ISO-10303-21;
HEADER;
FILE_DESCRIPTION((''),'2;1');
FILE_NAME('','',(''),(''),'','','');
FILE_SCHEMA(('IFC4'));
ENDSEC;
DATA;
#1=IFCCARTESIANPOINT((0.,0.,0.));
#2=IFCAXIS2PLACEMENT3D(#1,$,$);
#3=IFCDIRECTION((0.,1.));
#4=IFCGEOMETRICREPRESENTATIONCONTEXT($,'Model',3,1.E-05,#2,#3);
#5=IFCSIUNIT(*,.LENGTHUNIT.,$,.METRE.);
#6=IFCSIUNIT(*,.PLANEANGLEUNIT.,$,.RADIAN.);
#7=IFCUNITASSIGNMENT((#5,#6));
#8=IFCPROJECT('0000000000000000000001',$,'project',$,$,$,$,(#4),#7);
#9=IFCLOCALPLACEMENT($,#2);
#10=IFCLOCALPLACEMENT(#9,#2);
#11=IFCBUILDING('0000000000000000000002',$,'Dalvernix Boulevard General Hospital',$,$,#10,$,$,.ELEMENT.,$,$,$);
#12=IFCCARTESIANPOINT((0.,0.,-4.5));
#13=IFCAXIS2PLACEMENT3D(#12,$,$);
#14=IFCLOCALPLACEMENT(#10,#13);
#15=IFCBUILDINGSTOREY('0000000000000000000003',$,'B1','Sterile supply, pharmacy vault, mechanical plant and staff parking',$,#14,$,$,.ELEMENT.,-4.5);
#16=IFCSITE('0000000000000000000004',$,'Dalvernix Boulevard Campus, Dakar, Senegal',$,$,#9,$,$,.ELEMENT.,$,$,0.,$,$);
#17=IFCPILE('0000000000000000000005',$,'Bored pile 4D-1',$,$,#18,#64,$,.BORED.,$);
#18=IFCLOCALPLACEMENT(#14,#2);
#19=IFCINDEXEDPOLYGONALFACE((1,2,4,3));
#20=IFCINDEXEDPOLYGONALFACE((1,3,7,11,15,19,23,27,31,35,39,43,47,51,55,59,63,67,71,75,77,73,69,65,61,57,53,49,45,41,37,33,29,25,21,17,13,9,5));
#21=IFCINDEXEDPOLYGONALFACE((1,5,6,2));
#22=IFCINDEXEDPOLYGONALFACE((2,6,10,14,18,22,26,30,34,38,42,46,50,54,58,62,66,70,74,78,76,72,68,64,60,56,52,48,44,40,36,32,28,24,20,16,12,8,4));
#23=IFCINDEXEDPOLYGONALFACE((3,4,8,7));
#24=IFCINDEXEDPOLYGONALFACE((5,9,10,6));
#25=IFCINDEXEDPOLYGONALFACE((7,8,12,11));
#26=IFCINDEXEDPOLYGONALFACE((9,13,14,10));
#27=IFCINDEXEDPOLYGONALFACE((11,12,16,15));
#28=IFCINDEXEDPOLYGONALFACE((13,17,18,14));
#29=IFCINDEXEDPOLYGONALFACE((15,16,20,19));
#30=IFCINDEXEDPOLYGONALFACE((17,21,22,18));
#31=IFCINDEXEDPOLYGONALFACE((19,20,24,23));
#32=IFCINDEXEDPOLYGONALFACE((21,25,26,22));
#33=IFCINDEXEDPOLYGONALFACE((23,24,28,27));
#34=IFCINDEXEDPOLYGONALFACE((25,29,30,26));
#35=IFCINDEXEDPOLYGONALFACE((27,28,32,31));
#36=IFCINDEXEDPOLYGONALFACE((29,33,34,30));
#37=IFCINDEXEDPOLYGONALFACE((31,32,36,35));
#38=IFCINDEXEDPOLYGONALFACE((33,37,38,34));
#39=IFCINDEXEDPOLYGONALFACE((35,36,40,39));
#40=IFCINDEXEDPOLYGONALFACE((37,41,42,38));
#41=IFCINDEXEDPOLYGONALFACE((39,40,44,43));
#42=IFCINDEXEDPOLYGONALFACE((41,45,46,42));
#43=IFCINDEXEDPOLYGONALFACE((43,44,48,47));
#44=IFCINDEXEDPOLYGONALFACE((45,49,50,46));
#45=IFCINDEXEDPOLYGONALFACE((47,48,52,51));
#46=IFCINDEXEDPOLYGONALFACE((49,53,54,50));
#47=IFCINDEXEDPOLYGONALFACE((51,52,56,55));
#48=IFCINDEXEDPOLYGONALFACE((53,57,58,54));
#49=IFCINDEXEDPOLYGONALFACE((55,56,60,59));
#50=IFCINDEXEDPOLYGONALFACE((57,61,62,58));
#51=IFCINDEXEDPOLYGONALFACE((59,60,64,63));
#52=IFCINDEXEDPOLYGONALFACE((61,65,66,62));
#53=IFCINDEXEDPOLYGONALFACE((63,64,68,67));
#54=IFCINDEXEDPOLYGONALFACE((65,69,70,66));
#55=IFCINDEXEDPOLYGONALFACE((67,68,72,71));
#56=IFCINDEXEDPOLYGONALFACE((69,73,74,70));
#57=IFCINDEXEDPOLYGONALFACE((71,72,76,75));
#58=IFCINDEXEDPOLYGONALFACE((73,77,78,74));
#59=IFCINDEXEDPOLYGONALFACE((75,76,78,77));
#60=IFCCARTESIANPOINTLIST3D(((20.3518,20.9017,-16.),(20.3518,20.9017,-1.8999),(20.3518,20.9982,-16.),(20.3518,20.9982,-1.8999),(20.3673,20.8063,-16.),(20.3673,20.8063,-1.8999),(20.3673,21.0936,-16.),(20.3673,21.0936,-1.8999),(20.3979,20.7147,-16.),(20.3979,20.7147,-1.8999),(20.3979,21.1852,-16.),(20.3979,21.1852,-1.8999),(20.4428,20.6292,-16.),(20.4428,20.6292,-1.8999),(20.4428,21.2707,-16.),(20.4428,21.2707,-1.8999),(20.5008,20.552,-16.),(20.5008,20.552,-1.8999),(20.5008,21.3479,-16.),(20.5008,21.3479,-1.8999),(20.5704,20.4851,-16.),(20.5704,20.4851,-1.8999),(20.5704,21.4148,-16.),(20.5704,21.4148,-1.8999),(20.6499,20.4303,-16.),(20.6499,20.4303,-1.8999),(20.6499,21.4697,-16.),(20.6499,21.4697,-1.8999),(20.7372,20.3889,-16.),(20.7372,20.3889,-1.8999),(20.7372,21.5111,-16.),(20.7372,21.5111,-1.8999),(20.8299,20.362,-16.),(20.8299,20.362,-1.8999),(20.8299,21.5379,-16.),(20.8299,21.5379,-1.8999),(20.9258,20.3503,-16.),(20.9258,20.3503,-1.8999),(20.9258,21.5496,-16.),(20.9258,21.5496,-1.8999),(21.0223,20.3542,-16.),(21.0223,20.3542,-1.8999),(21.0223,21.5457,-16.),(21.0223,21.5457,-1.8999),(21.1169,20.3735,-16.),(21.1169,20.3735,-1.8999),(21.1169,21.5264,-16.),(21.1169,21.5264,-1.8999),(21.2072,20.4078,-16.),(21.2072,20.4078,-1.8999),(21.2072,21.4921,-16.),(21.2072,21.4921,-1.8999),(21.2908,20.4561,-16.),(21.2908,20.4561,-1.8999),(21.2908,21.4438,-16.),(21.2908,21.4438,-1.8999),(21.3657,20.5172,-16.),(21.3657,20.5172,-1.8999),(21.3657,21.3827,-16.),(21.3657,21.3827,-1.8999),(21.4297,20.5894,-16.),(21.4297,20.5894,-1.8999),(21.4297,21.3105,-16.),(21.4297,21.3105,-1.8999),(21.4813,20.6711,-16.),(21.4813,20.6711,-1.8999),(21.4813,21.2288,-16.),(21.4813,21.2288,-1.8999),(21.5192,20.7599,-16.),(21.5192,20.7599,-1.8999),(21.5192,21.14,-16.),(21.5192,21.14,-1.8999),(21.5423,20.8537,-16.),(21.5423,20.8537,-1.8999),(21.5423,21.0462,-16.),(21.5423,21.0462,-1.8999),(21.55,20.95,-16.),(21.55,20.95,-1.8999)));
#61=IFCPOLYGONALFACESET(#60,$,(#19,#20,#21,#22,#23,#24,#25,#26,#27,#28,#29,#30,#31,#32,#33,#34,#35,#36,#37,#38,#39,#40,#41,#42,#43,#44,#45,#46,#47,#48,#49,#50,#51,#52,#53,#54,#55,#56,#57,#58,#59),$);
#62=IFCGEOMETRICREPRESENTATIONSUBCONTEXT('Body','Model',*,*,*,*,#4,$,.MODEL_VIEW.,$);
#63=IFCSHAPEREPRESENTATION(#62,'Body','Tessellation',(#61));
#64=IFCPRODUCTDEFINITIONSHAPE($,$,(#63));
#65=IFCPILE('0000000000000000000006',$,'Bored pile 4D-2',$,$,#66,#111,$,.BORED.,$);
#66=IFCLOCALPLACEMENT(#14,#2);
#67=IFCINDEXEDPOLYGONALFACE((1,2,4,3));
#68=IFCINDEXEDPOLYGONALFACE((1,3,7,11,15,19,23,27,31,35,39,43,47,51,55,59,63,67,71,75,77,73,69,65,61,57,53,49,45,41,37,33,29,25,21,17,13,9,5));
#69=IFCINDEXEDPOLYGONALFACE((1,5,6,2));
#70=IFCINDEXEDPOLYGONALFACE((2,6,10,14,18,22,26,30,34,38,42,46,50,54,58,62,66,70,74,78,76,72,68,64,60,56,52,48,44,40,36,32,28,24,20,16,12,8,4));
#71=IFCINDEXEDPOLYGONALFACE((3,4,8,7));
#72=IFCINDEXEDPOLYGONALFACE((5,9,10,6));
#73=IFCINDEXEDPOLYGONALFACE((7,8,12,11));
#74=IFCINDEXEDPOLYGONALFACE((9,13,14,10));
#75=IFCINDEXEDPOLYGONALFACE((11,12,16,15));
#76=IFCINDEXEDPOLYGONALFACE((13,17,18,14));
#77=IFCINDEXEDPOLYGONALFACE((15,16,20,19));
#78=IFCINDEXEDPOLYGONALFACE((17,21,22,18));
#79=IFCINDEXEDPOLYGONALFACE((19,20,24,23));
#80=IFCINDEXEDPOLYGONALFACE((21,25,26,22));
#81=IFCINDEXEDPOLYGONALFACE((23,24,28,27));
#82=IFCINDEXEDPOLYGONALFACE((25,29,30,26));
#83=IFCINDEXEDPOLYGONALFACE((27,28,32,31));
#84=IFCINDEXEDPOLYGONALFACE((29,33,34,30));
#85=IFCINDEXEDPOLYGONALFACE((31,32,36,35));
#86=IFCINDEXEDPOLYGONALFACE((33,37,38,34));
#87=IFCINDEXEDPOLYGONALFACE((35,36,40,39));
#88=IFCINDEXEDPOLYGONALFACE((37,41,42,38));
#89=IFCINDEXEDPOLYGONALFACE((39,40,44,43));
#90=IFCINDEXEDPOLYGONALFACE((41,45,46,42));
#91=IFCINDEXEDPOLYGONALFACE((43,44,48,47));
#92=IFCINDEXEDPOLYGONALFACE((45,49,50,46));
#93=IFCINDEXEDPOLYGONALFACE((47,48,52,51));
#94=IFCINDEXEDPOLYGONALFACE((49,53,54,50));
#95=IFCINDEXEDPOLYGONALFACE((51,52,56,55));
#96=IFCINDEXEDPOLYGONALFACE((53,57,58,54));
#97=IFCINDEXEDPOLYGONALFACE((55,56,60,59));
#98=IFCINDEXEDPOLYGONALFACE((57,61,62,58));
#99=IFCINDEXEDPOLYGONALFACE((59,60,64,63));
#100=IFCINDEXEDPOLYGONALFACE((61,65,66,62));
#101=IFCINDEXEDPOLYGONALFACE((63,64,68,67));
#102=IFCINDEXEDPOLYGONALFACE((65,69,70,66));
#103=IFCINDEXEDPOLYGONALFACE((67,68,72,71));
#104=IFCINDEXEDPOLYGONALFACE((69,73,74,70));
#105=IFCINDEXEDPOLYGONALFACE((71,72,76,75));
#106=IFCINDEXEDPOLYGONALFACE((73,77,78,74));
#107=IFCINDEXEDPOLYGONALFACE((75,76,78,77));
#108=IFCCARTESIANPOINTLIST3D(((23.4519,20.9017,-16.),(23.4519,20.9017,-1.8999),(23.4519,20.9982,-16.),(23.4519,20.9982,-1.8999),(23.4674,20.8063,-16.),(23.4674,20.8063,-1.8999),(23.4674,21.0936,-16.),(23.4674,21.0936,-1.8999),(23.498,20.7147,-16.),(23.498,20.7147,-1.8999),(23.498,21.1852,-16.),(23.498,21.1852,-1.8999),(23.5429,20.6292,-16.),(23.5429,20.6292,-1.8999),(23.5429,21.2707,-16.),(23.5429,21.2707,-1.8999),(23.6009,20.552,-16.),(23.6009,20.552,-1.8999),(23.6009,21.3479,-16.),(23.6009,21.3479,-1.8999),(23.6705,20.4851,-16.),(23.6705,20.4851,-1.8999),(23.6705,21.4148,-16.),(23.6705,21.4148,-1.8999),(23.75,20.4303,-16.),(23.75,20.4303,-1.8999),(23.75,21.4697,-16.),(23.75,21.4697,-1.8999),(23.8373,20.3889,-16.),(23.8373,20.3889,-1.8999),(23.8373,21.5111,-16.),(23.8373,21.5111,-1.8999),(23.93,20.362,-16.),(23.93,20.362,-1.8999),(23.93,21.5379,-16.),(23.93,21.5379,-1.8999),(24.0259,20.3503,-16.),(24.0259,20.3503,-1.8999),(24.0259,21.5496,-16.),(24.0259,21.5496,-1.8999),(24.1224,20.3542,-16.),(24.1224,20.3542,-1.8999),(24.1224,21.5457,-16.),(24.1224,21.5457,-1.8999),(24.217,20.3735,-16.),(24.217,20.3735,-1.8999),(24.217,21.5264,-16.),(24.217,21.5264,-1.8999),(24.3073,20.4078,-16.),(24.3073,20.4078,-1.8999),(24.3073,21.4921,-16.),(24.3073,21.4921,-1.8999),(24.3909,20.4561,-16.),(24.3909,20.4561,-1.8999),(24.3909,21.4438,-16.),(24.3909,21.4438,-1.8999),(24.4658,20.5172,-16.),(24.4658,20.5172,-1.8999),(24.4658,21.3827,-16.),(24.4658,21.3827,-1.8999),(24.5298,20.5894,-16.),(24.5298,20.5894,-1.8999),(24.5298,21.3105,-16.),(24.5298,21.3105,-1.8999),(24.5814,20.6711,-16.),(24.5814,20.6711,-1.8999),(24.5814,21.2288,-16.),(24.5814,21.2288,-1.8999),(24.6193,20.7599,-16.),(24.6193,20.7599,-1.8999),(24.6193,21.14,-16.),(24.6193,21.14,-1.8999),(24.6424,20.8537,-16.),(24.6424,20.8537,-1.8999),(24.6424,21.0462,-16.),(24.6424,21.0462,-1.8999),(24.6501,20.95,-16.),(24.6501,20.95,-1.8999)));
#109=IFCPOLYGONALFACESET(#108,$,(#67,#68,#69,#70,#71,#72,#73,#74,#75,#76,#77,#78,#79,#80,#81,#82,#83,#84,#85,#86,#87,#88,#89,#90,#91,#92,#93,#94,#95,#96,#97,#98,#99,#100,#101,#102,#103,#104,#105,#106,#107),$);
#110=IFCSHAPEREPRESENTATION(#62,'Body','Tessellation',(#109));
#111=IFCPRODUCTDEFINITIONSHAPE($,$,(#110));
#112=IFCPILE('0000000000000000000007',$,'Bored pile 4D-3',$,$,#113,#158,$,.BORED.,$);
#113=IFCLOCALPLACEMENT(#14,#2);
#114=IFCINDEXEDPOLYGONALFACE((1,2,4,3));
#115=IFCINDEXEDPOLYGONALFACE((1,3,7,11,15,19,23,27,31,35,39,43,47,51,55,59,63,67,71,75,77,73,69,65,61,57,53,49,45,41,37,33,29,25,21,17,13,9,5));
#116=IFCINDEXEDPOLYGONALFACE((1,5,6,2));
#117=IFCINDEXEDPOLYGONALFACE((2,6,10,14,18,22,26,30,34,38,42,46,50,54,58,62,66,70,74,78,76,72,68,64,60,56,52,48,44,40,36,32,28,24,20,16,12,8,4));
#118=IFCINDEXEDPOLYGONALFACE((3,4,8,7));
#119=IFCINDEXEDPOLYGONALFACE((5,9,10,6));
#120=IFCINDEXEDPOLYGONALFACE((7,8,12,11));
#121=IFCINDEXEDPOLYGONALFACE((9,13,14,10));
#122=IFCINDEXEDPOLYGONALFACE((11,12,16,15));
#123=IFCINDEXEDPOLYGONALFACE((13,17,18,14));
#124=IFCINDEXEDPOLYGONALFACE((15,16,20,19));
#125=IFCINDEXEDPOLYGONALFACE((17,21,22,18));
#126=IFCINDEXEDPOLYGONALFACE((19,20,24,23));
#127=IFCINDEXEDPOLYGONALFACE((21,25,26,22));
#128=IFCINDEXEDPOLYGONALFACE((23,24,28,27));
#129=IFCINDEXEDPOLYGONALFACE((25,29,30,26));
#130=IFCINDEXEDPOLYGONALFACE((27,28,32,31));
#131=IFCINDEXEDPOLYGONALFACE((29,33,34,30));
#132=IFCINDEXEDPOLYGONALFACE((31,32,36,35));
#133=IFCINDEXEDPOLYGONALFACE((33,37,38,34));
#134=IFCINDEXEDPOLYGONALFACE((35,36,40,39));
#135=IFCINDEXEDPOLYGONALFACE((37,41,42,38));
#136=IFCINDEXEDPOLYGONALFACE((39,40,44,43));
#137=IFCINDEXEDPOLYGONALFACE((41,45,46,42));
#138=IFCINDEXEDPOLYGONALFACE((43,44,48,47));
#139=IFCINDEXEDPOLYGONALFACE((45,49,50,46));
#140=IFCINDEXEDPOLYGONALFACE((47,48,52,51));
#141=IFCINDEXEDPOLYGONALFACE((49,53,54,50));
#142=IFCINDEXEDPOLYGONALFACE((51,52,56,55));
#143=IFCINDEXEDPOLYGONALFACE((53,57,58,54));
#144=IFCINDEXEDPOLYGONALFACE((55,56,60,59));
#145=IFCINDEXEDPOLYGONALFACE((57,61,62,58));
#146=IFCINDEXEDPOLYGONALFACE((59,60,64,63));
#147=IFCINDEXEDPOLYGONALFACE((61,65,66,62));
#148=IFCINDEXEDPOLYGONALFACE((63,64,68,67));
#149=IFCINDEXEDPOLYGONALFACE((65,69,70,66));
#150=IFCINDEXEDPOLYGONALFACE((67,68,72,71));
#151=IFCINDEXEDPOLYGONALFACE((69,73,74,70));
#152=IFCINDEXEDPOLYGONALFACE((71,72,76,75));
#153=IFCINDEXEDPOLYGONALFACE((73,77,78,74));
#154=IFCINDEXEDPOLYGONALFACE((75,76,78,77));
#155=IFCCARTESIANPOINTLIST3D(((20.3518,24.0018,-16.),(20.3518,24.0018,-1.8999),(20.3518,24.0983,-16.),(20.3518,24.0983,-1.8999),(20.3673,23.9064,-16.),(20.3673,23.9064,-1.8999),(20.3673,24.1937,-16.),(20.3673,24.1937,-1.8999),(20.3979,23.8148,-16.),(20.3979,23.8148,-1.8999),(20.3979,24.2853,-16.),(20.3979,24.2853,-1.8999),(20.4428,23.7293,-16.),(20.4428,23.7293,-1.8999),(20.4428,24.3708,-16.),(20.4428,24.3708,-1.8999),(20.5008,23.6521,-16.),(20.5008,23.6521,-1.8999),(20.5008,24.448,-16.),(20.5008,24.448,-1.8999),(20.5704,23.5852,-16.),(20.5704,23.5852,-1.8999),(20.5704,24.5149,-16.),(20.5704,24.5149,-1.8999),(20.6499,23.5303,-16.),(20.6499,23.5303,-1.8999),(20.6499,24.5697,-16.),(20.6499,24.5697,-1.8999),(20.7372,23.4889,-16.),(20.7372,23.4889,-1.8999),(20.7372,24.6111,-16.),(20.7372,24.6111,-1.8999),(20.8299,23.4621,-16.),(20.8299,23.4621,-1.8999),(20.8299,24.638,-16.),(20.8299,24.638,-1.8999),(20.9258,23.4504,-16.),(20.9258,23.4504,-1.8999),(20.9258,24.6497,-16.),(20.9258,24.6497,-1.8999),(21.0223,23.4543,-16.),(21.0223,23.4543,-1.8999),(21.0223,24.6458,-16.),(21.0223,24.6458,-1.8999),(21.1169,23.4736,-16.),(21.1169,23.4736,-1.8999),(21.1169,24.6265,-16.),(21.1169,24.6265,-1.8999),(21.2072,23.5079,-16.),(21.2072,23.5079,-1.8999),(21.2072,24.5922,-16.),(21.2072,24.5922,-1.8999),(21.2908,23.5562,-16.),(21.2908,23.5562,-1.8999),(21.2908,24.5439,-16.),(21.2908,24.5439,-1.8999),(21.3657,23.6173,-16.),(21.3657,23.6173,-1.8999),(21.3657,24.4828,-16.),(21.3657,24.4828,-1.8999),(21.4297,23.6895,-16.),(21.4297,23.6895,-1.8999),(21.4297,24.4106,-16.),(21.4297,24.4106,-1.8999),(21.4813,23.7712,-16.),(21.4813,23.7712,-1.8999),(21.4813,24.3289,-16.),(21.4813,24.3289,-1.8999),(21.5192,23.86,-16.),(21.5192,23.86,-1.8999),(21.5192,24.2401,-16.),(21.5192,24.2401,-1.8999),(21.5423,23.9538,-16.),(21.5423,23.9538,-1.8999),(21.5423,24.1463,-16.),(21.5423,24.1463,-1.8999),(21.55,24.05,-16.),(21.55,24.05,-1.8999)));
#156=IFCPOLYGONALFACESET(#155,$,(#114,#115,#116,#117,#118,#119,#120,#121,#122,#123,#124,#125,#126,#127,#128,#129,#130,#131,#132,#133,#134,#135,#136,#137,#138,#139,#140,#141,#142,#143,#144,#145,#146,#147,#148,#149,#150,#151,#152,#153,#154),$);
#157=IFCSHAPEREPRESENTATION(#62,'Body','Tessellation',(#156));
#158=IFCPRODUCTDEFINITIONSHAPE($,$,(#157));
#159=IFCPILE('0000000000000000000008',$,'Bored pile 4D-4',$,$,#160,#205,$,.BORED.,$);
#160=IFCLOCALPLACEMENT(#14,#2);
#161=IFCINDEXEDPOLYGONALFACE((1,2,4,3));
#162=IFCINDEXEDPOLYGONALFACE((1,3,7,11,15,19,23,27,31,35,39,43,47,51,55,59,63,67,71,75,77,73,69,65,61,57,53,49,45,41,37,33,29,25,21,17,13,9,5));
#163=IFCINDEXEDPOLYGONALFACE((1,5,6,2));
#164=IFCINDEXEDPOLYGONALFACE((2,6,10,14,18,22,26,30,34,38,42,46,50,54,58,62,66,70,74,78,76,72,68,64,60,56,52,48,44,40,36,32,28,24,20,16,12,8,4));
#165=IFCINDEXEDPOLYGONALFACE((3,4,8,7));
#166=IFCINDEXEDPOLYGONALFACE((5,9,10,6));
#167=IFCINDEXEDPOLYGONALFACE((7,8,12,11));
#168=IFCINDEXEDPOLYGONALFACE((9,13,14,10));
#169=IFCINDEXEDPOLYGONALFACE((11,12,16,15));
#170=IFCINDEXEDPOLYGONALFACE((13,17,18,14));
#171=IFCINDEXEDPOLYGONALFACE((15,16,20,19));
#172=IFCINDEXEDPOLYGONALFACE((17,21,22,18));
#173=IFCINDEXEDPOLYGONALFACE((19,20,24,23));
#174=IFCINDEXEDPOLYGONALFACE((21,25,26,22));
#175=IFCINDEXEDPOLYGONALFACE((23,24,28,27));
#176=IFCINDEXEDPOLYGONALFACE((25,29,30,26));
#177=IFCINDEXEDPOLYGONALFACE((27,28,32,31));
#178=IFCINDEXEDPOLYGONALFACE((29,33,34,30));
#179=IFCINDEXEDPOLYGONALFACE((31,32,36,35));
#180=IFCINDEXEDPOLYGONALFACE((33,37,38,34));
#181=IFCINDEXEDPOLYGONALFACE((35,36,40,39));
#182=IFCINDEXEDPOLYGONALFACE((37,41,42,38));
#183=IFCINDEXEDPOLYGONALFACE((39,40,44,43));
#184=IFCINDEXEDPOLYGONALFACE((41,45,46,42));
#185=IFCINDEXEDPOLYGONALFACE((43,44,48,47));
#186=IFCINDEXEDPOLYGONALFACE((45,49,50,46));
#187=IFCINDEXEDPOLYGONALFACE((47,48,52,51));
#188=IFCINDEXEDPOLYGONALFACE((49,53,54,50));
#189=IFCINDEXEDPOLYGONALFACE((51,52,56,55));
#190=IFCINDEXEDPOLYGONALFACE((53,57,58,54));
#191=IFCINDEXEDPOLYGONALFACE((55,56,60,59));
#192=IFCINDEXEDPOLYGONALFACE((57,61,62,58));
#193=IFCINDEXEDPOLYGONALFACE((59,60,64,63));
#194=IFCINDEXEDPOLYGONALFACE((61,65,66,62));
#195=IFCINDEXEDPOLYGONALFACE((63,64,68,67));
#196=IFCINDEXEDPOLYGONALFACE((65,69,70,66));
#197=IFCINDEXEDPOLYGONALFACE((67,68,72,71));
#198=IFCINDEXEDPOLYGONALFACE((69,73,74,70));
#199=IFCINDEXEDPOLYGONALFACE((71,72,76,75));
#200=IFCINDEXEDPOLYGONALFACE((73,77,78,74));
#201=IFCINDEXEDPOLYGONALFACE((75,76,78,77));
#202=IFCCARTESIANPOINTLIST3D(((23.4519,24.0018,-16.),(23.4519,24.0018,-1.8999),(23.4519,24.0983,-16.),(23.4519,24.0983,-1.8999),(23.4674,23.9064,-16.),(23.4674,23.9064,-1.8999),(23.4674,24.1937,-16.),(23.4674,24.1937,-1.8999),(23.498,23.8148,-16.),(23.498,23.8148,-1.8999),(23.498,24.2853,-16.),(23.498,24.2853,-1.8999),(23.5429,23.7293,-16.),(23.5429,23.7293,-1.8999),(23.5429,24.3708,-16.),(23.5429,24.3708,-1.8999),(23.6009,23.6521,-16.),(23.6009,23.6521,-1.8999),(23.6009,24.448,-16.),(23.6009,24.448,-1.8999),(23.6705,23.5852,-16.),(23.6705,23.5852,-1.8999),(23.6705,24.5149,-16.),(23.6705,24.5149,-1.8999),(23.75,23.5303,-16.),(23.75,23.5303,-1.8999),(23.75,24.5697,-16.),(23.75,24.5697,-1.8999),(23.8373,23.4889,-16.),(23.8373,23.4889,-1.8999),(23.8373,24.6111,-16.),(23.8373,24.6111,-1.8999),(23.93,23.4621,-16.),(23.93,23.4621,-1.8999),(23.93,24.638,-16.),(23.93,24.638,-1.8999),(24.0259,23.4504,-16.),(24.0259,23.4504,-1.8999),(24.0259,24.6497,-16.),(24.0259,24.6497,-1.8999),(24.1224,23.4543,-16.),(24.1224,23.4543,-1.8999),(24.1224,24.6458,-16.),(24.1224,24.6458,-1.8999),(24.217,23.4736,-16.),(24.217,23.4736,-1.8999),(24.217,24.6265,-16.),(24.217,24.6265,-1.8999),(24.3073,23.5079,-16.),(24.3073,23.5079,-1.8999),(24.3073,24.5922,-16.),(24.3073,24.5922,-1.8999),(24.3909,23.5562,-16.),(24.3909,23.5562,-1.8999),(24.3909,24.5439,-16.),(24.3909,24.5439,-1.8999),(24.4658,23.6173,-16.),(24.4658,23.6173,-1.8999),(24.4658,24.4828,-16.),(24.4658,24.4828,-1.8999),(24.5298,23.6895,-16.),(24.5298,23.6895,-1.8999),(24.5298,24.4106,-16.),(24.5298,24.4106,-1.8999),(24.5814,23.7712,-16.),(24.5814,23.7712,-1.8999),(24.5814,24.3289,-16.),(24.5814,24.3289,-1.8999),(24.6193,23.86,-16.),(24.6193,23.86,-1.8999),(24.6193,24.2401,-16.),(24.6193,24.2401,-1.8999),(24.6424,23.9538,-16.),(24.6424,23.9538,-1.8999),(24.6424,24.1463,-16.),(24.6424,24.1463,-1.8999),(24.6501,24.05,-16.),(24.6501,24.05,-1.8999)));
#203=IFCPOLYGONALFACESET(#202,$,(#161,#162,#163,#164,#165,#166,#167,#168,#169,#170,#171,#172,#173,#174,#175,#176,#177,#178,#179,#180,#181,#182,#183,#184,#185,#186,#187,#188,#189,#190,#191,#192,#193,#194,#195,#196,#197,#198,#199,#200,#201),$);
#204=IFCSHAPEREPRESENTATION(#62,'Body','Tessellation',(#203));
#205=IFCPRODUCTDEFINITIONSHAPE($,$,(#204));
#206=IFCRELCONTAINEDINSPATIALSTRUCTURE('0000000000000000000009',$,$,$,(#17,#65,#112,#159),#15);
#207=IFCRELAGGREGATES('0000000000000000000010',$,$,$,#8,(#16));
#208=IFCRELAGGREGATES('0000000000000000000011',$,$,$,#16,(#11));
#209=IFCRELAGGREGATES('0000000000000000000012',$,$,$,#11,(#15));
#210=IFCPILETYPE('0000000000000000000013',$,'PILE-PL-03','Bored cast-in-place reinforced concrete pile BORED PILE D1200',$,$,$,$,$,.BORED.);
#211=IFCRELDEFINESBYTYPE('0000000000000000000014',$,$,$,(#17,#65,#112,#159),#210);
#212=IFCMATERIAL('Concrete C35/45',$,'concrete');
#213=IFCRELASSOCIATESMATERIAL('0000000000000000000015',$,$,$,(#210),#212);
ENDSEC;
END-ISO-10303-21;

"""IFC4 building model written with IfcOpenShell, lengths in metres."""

from ifc_helpers import new_model, si_unit, direction, frame, origin, origin_2d, place, context, subcontext, project, spatial, circle, extrude, material, material_profile, profile_set, type_object, element, save


model = new_model("IFC4")

# Units and contexts
model_context = context("Model", 3, precision=1e-05, world=origin(), true_north=direction((0.0, 1.0)))
body_context = subcontext(model_context, "Body", "Model", "MODEL_VIEW")
ifc_project = project(units=[si_unit("LENGTHUNIT", "METRE"), si_unit("PLANEANGLEUNIT", "RADIAN")], contexts=[model_context])

# Site, building, storey
site_placement = place(None, origin())
site = spatial("IfcSite", under=ifc_project, at=site_placement, Name="Dalvernix Boulevard Campus, Dakar, Senegal", CompositionType="ELEMENT", RefElevation=0.0)
building_placement = place(site_placement, origin())
building = spatial("IfcBuilding", under=site, at=building_placement, Name="Dalvernix Boulevard General Hospital", CompositionType="ELEMENT")
storey_placement = place(building_placement, frame((0.0, 0.0, -4.5)))
storey = spatial("IfcBuildingStorey", under=building, at=storey_placement, Name="B1", Description="Sterile supply, pharmacy vault, mechanical plant and staff parking", CompositionType="ELEMENT", Elevation=-4.5)

# Shared definitions
ifc_material_1 = material(Name="Concrete C35/45", Category="concrete")

# Piles
ifc_material_profile_1 = material_profile(ifc_material_1, circle(Radius=0.6001, at=origin_2d()), Name="BORED PILE D1200")
ifc_profile_set_1 = profile_set([ifc_material_profile_1], Name="Concrete C35/45")
pile_type = type_object("IfcPileType", Name="PILE-PL-03", Description="Bored cast-in-place reinforced concrete pile BORED PILE D1200", PredefinedType="BORED", material=ifc_profile_set_1)
for number, where, z_axis, x_axis, name in (
    (1, (20.95, 20.95, -1.8999), (0.0, 0.0, -1.0), (1.0, 0.0, 0.0), "Bored pile 4D-1"),
    (2, (24.05, 20.95, -1.8999), (0.0, 0.0, -1.0), (1.0, 0.0, 0.0), "Bored pile 4D-2"),
    (3, (20.95, 24.05, -1.8999), (0.0, 0.0, -1.0), (1.0, 0.0, 0.0), "Bored pile 4D-3"),
    (4, (24.05, 24.05, -1.8999), (0.0, 0.0, -1.0), (1.0, 0.0, 0.0), "Bored pile 4D-4"),
):
    element("IfcPile", number, at=place(storey_placement, frame(where, z_axis=z_axis, x_axis=x_axis)), inside=storey, type_object=pile_type, Name=name, PredefinedType="BORED", context=body_context, shape_type="SweptSolid", body=[
        extrude(circle(Radius=0.6001, at=origin_2d()), origin(), (0.0, 0.0, 1.0), 14.1001),
    ])

save(model, "model.ifc")
